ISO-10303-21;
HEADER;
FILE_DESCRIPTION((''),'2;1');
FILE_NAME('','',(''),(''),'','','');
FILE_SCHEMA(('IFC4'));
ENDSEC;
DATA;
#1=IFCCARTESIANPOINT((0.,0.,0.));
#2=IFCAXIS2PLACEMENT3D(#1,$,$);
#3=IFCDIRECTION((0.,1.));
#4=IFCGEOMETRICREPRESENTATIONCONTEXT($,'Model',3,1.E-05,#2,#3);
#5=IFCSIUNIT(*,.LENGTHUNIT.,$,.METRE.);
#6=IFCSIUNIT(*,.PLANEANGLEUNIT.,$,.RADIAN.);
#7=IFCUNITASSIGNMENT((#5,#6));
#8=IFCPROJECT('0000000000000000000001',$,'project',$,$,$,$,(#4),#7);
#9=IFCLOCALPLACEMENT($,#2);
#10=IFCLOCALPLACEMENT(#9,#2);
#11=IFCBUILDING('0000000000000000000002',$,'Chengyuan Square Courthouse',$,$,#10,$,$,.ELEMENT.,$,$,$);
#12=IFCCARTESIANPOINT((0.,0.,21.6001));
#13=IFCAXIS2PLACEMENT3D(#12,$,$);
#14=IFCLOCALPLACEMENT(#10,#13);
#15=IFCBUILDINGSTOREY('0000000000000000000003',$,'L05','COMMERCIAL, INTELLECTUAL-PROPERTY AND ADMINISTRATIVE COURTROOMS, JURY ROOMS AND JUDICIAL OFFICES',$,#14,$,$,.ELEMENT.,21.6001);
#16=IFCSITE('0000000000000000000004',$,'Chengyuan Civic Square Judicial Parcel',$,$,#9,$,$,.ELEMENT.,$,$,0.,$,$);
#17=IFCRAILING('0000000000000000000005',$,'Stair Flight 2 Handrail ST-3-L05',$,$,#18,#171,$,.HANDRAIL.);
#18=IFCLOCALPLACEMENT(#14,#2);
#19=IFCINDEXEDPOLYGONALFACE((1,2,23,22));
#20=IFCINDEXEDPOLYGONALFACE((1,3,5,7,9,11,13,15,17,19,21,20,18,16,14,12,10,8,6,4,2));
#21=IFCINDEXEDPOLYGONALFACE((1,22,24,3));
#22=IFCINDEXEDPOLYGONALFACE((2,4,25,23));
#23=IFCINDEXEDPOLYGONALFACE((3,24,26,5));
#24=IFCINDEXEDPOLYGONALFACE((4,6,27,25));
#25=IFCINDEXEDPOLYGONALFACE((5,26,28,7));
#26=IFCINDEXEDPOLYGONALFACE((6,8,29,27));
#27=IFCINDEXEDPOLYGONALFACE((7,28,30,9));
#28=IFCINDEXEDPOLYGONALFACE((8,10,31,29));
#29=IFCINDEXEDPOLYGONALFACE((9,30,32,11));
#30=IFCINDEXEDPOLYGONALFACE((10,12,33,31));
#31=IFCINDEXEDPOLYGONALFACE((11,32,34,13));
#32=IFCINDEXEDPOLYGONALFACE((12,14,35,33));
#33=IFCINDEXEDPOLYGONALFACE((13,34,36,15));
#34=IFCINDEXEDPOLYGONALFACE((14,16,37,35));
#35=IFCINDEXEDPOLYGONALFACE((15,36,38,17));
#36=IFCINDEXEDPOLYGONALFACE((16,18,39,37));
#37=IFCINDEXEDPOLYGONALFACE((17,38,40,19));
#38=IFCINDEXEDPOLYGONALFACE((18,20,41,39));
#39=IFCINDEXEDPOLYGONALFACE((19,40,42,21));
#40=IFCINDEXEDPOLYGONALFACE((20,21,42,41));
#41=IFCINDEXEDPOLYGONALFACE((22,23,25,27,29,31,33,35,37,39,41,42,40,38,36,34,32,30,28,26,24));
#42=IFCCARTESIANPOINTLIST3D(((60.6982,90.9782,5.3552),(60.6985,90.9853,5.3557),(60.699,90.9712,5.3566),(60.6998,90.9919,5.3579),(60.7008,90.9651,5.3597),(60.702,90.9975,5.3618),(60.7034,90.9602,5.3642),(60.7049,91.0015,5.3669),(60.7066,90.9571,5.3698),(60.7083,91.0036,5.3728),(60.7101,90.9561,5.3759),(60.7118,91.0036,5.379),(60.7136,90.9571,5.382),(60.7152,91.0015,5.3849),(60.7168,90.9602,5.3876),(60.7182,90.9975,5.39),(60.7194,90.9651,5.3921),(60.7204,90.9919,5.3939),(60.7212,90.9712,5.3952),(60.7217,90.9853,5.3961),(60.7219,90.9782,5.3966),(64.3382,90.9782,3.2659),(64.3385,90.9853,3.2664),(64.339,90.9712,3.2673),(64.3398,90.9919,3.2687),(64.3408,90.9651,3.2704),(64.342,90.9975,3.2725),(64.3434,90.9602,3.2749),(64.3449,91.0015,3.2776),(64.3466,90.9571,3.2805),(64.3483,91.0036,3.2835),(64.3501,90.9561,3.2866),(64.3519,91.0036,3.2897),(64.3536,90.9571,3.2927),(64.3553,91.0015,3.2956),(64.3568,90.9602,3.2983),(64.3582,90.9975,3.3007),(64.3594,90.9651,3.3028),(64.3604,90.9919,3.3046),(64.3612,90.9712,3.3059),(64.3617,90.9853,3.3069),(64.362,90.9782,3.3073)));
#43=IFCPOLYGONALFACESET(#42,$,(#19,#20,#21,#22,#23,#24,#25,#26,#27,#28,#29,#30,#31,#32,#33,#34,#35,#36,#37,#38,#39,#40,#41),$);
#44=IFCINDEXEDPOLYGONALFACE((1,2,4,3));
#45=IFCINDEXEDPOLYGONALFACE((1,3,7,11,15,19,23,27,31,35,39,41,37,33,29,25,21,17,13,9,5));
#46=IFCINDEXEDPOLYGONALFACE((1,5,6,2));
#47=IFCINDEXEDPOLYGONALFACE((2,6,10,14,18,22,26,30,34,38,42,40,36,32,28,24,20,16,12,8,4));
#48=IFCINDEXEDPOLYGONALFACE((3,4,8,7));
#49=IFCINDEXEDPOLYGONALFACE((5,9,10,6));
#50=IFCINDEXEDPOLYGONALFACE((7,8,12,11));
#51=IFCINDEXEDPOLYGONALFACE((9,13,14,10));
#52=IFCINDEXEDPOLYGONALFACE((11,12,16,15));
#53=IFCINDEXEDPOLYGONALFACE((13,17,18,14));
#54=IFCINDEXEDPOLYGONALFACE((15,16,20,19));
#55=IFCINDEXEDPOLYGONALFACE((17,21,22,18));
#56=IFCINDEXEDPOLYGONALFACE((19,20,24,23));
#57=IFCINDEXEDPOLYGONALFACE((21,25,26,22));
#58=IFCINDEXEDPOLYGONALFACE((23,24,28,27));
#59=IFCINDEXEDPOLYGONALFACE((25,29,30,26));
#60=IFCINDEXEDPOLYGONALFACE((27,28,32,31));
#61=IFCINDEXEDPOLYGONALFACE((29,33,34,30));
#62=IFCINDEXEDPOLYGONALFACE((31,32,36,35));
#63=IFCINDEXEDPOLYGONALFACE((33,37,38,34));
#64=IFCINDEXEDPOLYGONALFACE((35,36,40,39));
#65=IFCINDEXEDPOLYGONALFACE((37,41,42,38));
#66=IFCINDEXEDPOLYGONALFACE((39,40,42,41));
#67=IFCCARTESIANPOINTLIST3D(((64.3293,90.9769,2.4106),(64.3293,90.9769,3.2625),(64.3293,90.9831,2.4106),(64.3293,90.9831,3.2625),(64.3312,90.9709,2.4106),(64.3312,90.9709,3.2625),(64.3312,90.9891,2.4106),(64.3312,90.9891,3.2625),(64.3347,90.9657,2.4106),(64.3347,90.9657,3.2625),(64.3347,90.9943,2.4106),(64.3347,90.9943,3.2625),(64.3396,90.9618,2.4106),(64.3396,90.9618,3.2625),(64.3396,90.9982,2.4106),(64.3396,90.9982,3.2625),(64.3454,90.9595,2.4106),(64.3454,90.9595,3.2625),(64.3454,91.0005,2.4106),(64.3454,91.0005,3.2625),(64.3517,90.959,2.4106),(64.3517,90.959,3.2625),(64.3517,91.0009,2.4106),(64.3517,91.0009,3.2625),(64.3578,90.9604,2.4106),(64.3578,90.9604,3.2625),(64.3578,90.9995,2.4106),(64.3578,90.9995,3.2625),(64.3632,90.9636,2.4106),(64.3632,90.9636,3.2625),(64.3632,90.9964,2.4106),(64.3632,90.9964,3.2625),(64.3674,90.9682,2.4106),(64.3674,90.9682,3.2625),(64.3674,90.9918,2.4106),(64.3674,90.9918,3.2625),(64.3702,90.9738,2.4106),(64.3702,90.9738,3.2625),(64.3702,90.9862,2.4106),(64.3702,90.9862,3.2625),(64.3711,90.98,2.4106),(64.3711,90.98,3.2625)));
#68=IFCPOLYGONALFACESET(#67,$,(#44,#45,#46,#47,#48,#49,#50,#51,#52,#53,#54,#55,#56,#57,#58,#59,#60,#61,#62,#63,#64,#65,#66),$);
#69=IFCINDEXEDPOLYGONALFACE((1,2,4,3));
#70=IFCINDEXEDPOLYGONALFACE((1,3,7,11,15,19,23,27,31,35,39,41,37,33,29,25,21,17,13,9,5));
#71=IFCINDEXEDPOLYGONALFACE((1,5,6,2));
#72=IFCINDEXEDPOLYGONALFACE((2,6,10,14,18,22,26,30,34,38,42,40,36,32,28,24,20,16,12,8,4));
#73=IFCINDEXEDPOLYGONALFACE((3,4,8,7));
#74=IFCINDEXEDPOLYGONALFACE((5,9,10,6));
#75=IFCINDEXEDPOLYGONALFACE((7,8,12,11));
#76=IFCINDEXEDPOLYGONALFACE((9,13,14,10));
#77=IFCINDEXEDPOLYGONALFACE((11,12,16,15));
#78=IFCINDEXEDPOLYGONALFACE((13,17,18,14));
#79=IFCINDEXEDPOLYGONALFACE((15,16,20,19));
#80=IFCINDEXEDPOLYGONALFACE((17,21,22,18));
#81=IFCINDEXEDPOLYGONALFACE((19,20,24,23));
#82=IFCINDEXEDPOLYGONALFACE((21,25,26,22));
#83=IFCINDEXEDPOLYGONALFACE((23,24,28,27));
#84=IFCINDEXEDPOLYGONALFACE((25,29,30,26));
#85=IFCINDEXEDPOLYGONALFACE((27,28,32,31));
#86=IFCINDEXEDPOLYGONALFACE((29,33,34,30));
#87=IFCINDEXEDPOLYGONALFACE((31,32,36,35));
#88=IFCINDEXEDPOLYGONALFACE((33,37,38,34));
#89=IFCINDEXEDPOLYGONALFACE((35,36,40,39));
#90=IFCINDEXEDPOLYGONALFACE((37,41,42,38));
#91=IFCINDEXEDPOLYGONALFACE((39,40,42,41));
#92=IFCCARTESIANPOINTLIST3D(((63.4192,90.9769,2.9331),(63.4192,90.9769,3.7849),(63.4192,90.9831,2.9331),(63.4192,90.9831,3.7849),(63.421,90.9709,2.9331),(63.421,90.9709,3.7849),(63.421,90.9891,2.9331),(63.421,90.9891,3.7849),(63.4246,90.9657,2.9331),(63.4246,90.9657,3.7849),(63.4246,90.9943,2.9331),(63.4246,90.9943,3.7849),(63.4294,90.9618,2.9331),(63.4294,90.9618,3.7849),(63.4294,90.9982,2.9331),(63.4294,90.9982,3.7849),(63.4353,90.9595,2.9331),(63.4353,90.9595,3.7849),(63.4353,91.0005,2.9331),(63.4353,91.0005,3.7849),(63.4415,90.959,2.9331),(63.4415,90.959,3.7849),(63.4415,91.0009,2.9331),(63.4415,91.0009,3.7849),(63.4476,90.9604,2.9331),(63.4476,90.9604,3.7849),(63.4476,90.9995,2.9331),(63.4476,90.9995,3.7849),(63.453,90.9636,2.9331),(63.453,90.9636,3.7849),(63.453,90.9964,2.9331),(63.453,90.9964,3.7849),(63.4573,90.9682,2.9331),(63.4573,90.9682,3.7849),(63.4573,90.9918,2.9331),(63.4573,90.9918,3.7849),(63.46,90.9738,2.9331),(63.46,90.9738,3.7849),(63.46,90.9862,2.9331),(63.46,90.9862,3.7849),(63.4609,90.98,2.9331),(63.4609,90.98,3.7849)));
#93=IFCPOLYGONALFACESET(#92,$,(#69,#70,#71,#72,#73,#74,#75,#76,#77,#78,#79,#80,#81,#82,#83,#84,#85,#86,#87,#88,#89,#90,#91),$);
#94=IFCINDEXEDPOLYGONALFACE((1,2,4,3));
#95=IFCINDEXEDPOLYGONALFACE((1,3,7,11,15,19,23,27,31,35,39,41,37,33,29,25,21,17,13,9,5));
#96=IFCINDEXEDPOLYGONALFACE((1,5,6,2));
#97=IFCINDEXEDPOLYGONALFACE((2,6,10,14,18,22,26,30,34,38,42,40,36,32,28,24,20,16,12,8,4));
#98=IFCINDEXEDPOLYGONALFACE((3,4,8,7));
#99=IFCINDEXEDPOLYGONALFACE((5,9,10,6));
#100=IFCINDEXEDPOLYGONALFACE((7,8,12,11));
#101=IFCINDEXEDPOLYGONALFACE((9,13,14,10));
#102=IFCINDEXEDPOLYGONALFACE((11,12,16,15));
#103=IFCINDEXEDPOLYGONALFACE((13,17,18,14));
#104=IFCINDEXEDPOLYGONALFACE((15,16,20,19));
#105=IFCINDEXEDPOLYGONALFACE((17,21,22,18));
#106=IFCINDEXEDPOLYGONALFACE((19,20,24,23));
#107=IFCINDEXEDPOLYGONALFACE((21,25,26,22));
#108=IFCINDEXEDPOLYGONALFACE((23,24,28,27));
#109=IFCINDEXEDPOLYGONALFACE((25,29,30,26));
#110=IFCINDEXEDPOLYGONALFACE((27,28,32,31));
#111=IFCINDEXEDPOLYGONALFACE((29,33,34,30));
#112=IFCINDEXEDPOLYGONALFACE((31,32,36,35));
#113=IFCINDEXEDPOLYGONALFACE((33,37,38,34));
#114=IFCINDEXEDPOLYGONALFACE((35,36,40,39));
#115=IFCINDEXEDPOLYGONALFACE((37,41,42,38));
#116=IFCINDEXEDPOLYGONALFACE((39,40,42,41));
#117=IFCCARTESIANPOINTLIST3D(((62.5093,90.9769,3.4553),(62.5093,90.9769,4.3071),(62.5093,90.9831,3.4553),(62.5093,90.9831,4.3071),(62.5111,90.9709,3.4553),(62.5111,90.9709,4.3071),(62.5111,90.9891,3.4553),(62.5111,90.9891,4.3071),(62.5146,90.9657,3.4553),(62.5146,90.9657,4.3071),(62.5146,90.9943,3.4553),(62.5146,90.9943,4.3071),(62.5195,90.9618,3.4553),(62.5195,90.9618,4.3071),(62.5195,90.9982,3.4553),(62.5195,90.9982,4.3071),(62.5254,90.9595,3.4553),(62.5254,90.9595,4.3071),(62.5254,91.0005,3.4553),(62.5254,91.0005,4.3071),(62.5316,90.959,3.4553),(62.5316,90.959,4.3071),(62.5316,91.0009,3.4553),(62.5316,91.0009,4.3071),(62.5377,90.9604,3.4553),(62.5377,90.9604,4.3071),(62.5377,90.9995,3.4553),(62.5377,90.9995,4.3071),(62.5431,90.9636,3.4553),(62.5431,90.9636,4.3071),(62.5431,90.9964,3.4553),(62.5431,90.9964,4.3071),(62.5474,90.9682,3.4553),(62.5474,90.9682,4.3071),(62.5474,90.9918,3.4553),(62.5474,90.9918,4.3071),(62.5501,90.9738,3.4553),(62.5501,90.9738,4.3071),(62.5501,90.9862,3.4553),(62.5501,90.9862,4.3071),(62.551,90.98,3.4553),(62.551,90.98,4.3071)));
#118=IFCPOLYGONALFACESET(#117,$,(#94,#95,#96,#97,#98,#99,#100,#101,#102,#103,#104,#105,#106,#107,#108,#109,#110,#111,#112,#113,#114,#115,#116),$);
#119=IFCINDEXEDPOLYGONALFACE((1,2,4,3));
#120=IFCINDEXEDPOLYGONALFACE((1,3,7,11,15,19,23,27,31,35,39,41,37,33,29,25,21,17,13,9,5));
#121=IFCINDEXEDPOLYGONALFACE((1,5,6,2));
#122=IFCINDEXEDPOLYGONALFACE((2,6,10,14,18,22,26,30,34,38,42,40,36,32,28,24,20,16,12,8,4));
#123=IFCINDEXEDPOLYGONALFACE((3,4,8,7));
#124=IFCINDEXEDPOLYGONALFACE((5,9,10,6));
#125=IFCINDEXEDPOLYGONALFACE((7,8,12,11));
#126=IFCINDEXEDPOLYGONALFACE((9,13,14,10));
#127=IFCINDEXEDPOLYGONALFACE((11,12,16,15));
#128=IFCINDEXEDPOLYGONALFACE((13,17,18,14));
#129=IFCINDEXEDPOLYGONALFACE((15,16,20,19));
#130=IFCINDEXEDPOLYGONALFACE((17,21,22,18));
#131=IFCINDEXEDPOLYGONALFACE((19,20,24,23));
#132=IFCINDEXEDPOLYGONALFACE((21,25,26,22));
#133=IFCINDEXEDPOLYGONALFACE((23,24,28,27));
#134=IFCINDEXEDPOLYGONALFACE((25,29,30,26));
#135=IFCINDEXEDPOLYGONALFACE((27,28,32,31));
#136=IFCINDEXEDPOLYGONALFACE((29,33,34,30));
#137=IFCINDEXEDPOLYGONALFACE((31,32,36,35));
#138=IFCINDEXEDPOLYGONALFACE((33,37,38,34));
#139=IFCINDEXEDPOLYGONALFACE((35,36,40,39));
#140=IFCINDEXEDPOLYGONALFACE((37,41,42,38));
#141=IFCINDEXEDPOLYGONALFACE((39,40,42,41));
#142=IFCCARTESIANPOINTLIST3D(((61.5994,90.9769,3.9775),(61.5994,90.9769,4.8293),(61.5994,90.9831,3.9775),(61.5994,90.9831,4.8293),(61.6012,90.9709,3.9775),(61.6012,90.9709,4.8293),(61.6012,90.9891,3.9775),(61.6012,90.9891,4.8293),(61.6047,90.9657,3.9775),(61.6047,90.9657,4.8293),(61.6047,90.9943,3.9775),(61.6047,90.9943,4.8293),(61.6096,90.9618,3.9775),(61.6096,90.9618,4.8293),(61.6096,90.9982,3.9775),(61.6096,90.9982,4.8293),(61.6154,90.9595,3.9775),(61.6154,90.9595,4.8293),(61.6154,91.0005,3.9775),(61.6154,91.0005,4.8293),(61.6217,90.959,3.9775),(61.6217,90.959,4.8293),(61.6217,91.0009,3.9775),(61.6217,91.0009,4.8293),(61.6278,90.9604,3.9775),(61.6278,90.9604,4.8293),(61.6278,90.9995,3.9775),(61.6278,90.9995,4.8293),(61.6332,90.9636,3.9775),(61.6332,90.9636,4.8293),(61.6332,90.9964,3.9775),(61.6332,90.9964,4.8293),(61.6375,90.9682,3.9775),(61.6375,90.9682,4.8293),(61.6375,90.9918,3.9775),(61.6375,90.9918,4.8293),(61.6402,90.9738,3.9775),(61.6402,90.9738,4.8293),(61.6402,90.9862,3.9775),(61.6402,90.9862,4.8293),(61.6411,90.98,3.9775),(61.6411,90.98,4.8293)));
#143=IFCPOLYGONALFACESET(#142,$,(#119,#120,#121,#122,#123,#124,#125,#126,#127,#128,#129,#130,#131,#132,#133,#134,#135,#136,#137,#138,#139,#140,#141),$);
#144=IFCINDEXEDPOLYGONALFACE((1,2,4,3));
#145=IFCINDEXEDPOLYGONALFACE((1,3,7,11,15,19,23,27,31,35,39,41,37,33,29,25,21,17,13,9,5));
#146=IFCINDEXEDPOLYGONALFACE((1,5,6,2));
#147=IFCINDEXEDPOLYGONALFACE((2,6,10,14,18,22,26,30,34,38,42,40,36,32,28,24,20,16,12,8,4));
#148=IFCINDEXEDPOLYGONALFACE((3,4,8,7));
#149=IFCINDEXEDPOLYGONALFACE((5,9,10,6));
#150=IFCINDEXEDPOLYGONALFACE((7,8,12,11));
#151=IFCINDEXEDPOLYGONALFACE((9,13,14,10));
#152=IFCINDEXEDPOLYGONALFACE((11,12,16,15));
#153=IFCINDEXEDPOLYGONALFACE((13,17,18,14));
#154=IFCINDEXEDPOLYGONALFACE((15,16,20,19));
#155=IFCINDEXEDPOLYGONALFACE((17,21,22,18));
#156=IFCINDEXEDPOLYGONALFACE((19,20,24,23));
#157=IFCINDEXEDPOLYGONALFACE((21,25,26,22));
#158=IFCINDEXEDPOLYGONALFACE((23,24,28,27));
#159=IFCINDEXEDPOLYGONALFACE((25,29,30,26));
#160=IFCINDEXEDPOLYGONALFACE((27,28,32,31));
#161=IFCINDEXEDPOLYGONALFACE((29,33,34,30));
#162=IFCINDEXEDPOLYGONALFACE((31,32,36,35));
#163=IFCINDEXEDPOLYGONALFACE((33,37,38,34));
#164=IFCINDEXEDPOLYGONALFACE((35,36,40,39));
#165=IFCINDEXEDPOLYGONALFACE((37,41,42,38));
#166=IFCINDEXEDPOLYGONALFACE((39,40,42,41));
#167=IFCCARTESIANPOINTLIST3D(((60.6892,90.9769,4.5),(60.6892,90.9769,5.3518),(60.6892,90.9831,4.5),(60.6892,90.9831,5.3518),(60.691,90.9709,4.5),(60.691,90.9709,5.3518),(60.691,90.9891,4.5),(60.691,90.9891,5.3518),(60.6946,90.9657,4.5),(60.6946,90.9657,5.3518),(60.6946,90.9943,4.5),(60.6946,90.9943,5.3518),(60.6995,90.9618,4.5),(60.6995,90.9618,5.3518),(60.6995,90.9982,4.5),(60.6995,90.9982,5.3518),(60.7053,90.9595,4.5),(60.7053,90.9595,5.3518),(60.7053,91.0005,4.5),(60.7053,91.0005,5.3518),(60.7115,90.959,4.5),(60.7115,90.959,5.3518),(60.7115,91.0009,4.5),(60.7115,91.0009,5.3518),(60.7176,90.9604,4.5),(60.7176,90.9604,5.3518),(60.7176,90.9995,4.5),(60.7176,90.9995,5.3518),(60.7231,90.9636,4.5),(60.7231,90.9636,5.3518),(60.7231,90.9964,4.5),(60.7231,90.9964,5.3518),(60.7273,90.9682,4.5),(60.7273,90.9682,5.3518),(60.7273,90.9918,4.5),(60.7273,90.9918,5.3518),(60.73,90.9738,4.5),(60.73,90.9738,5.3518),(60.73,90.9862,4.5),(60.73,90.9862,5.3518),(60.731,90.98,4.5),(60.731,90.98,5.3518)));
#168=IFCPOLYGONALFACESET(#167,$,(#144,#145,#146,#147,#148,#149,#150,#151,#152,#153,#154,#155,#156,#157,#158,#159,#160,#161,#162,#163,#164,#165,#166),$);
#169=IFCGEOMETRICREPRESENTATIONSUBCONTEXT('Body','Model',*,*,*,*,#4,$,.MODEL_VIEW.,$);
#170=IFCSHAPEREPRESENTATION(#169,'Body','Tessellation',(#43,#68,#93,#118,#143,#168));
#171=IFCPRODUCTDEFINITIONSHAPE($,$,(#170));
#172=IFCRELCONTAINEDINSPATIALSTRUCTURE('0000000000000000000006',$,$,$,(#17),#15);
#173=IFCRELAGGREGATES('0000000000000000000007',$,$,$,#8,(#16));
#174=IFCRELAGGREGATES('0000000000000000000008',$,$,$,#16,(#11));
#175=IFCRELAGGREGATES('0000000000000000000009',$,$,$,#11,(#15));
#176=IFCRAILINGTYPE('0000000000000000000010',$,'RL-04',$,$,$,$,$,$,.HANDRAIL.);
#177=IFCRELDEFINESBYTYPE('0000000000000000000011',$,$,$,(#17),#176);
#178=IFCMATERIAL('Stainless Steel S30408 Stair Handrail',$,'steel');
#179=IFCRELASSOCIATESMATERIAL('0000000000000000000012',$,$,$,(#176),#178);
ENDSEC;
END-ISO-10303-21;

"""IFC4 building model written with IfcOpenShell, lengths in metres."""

from ifc_helpers import new_model, si_unit, direction, frame, origin, origin_2d, place, context, subcontext, project, spatial, circle, extrude, material, type_object, element, save


model = new_model("IFC4")

# Units and contexts
model_context = context("Model", 3, precision=1e-05, world=origin(), true_north=direction((0.0, 1.0)))
body_context = subcontext(model_context, "Body", "Model", "MODEL_VIEW")
ifc_project = project(units=[si_unit("LENGTHUNIT", "METRE"), si_unit("PLANEANGLEUNIT", "RADIAN")], contexts=[model_context])

# Site, building, storey
site_placement = place(None, origin())
site = spatial("IfcSite", under=ifc_project, at=site_placement, Name="Chengyuan Civic Square Judicial Parcel", CompositionType="ELEMENT", RefElevation=0.0)
building_placement = place(site_placement, origin())
building = spatial("IfcBuilding", under=site, at=building_placement, Name="Chengyuan Square Courthouse", CompositionType="ELEMENT")
storey_placement = place(building_placement, frame((0.0, 0.0, 21.6001)))
storey = spatial("IfcBuildingStorey", under=building, at=storey_placement, Name="L05", Description="COMMERCIAL, INTELLECTUAL-PROPERTY AND ADMINISTRATIVE COURTROOMS, JURY ROOMS AND JUDICIAL OFFICES", CompositionType="ELEMENT", Elevation=21.6001)

# Railing
ifc_material_1 = material(Name="Stainless Steel S30408 Stair Handrail", Category="steel")
railing_type_1 = type_object("IfcRailingType", Name="RL-04", PredefinedType="HANDRAIL", material=ifc_material_1)
railing_1_placement = place(storey_placement, frame((64.3501, 90.98, 2.4106)))
element("IfcRailing", 1, at=railing_1_placement, inside=storey, type_object=railing_type_1, Name="Stair Flight 2 Handrail ST-3-L05", PredefinedType="HANDRAIL", context=body_context, shape_type="SweptSolid", body=[
    extrude(circle(Radius=0.0239, at=origin_2d()), frame((0.0, 0.0, 0.876), z_axis=(-0.867289, 0.0, 0.497804), x_axis=(0.0, -1.0, 0.0)), (0.0, 0.0, 1.0), 4.197),
    extrude(circle(Radius=0.021, at=origin_2d()), origin(), (0.0, 0.0, 1.0), 0.8518),
    extrude(circle(Radius=0.021, at=origin_2d()), frame((-0.9102, 0.0, 0.5225)), (0.0, 0.0, 1.0), 0.8518),
    extrude(circle(Radius=0.021, at=origin_2d()), frame((-1.8201, 0.0, 1.0447)), (0.0, 0.0, 1.0), 0.8518),
    extrude(circle(Radius=0.021, at=origin_2d()), frame((-2.73, 0.0, 1.5669)), (0.0, 0.0, 1.0), 0.8518),
    extrude(circle(Radius=0.021, at=origin_2d()), frame((-3.6401, 0.0, 2.0894)), (0.0, 0.0, 1.0), 0.8518),
])

save(model, "model.ifc")
